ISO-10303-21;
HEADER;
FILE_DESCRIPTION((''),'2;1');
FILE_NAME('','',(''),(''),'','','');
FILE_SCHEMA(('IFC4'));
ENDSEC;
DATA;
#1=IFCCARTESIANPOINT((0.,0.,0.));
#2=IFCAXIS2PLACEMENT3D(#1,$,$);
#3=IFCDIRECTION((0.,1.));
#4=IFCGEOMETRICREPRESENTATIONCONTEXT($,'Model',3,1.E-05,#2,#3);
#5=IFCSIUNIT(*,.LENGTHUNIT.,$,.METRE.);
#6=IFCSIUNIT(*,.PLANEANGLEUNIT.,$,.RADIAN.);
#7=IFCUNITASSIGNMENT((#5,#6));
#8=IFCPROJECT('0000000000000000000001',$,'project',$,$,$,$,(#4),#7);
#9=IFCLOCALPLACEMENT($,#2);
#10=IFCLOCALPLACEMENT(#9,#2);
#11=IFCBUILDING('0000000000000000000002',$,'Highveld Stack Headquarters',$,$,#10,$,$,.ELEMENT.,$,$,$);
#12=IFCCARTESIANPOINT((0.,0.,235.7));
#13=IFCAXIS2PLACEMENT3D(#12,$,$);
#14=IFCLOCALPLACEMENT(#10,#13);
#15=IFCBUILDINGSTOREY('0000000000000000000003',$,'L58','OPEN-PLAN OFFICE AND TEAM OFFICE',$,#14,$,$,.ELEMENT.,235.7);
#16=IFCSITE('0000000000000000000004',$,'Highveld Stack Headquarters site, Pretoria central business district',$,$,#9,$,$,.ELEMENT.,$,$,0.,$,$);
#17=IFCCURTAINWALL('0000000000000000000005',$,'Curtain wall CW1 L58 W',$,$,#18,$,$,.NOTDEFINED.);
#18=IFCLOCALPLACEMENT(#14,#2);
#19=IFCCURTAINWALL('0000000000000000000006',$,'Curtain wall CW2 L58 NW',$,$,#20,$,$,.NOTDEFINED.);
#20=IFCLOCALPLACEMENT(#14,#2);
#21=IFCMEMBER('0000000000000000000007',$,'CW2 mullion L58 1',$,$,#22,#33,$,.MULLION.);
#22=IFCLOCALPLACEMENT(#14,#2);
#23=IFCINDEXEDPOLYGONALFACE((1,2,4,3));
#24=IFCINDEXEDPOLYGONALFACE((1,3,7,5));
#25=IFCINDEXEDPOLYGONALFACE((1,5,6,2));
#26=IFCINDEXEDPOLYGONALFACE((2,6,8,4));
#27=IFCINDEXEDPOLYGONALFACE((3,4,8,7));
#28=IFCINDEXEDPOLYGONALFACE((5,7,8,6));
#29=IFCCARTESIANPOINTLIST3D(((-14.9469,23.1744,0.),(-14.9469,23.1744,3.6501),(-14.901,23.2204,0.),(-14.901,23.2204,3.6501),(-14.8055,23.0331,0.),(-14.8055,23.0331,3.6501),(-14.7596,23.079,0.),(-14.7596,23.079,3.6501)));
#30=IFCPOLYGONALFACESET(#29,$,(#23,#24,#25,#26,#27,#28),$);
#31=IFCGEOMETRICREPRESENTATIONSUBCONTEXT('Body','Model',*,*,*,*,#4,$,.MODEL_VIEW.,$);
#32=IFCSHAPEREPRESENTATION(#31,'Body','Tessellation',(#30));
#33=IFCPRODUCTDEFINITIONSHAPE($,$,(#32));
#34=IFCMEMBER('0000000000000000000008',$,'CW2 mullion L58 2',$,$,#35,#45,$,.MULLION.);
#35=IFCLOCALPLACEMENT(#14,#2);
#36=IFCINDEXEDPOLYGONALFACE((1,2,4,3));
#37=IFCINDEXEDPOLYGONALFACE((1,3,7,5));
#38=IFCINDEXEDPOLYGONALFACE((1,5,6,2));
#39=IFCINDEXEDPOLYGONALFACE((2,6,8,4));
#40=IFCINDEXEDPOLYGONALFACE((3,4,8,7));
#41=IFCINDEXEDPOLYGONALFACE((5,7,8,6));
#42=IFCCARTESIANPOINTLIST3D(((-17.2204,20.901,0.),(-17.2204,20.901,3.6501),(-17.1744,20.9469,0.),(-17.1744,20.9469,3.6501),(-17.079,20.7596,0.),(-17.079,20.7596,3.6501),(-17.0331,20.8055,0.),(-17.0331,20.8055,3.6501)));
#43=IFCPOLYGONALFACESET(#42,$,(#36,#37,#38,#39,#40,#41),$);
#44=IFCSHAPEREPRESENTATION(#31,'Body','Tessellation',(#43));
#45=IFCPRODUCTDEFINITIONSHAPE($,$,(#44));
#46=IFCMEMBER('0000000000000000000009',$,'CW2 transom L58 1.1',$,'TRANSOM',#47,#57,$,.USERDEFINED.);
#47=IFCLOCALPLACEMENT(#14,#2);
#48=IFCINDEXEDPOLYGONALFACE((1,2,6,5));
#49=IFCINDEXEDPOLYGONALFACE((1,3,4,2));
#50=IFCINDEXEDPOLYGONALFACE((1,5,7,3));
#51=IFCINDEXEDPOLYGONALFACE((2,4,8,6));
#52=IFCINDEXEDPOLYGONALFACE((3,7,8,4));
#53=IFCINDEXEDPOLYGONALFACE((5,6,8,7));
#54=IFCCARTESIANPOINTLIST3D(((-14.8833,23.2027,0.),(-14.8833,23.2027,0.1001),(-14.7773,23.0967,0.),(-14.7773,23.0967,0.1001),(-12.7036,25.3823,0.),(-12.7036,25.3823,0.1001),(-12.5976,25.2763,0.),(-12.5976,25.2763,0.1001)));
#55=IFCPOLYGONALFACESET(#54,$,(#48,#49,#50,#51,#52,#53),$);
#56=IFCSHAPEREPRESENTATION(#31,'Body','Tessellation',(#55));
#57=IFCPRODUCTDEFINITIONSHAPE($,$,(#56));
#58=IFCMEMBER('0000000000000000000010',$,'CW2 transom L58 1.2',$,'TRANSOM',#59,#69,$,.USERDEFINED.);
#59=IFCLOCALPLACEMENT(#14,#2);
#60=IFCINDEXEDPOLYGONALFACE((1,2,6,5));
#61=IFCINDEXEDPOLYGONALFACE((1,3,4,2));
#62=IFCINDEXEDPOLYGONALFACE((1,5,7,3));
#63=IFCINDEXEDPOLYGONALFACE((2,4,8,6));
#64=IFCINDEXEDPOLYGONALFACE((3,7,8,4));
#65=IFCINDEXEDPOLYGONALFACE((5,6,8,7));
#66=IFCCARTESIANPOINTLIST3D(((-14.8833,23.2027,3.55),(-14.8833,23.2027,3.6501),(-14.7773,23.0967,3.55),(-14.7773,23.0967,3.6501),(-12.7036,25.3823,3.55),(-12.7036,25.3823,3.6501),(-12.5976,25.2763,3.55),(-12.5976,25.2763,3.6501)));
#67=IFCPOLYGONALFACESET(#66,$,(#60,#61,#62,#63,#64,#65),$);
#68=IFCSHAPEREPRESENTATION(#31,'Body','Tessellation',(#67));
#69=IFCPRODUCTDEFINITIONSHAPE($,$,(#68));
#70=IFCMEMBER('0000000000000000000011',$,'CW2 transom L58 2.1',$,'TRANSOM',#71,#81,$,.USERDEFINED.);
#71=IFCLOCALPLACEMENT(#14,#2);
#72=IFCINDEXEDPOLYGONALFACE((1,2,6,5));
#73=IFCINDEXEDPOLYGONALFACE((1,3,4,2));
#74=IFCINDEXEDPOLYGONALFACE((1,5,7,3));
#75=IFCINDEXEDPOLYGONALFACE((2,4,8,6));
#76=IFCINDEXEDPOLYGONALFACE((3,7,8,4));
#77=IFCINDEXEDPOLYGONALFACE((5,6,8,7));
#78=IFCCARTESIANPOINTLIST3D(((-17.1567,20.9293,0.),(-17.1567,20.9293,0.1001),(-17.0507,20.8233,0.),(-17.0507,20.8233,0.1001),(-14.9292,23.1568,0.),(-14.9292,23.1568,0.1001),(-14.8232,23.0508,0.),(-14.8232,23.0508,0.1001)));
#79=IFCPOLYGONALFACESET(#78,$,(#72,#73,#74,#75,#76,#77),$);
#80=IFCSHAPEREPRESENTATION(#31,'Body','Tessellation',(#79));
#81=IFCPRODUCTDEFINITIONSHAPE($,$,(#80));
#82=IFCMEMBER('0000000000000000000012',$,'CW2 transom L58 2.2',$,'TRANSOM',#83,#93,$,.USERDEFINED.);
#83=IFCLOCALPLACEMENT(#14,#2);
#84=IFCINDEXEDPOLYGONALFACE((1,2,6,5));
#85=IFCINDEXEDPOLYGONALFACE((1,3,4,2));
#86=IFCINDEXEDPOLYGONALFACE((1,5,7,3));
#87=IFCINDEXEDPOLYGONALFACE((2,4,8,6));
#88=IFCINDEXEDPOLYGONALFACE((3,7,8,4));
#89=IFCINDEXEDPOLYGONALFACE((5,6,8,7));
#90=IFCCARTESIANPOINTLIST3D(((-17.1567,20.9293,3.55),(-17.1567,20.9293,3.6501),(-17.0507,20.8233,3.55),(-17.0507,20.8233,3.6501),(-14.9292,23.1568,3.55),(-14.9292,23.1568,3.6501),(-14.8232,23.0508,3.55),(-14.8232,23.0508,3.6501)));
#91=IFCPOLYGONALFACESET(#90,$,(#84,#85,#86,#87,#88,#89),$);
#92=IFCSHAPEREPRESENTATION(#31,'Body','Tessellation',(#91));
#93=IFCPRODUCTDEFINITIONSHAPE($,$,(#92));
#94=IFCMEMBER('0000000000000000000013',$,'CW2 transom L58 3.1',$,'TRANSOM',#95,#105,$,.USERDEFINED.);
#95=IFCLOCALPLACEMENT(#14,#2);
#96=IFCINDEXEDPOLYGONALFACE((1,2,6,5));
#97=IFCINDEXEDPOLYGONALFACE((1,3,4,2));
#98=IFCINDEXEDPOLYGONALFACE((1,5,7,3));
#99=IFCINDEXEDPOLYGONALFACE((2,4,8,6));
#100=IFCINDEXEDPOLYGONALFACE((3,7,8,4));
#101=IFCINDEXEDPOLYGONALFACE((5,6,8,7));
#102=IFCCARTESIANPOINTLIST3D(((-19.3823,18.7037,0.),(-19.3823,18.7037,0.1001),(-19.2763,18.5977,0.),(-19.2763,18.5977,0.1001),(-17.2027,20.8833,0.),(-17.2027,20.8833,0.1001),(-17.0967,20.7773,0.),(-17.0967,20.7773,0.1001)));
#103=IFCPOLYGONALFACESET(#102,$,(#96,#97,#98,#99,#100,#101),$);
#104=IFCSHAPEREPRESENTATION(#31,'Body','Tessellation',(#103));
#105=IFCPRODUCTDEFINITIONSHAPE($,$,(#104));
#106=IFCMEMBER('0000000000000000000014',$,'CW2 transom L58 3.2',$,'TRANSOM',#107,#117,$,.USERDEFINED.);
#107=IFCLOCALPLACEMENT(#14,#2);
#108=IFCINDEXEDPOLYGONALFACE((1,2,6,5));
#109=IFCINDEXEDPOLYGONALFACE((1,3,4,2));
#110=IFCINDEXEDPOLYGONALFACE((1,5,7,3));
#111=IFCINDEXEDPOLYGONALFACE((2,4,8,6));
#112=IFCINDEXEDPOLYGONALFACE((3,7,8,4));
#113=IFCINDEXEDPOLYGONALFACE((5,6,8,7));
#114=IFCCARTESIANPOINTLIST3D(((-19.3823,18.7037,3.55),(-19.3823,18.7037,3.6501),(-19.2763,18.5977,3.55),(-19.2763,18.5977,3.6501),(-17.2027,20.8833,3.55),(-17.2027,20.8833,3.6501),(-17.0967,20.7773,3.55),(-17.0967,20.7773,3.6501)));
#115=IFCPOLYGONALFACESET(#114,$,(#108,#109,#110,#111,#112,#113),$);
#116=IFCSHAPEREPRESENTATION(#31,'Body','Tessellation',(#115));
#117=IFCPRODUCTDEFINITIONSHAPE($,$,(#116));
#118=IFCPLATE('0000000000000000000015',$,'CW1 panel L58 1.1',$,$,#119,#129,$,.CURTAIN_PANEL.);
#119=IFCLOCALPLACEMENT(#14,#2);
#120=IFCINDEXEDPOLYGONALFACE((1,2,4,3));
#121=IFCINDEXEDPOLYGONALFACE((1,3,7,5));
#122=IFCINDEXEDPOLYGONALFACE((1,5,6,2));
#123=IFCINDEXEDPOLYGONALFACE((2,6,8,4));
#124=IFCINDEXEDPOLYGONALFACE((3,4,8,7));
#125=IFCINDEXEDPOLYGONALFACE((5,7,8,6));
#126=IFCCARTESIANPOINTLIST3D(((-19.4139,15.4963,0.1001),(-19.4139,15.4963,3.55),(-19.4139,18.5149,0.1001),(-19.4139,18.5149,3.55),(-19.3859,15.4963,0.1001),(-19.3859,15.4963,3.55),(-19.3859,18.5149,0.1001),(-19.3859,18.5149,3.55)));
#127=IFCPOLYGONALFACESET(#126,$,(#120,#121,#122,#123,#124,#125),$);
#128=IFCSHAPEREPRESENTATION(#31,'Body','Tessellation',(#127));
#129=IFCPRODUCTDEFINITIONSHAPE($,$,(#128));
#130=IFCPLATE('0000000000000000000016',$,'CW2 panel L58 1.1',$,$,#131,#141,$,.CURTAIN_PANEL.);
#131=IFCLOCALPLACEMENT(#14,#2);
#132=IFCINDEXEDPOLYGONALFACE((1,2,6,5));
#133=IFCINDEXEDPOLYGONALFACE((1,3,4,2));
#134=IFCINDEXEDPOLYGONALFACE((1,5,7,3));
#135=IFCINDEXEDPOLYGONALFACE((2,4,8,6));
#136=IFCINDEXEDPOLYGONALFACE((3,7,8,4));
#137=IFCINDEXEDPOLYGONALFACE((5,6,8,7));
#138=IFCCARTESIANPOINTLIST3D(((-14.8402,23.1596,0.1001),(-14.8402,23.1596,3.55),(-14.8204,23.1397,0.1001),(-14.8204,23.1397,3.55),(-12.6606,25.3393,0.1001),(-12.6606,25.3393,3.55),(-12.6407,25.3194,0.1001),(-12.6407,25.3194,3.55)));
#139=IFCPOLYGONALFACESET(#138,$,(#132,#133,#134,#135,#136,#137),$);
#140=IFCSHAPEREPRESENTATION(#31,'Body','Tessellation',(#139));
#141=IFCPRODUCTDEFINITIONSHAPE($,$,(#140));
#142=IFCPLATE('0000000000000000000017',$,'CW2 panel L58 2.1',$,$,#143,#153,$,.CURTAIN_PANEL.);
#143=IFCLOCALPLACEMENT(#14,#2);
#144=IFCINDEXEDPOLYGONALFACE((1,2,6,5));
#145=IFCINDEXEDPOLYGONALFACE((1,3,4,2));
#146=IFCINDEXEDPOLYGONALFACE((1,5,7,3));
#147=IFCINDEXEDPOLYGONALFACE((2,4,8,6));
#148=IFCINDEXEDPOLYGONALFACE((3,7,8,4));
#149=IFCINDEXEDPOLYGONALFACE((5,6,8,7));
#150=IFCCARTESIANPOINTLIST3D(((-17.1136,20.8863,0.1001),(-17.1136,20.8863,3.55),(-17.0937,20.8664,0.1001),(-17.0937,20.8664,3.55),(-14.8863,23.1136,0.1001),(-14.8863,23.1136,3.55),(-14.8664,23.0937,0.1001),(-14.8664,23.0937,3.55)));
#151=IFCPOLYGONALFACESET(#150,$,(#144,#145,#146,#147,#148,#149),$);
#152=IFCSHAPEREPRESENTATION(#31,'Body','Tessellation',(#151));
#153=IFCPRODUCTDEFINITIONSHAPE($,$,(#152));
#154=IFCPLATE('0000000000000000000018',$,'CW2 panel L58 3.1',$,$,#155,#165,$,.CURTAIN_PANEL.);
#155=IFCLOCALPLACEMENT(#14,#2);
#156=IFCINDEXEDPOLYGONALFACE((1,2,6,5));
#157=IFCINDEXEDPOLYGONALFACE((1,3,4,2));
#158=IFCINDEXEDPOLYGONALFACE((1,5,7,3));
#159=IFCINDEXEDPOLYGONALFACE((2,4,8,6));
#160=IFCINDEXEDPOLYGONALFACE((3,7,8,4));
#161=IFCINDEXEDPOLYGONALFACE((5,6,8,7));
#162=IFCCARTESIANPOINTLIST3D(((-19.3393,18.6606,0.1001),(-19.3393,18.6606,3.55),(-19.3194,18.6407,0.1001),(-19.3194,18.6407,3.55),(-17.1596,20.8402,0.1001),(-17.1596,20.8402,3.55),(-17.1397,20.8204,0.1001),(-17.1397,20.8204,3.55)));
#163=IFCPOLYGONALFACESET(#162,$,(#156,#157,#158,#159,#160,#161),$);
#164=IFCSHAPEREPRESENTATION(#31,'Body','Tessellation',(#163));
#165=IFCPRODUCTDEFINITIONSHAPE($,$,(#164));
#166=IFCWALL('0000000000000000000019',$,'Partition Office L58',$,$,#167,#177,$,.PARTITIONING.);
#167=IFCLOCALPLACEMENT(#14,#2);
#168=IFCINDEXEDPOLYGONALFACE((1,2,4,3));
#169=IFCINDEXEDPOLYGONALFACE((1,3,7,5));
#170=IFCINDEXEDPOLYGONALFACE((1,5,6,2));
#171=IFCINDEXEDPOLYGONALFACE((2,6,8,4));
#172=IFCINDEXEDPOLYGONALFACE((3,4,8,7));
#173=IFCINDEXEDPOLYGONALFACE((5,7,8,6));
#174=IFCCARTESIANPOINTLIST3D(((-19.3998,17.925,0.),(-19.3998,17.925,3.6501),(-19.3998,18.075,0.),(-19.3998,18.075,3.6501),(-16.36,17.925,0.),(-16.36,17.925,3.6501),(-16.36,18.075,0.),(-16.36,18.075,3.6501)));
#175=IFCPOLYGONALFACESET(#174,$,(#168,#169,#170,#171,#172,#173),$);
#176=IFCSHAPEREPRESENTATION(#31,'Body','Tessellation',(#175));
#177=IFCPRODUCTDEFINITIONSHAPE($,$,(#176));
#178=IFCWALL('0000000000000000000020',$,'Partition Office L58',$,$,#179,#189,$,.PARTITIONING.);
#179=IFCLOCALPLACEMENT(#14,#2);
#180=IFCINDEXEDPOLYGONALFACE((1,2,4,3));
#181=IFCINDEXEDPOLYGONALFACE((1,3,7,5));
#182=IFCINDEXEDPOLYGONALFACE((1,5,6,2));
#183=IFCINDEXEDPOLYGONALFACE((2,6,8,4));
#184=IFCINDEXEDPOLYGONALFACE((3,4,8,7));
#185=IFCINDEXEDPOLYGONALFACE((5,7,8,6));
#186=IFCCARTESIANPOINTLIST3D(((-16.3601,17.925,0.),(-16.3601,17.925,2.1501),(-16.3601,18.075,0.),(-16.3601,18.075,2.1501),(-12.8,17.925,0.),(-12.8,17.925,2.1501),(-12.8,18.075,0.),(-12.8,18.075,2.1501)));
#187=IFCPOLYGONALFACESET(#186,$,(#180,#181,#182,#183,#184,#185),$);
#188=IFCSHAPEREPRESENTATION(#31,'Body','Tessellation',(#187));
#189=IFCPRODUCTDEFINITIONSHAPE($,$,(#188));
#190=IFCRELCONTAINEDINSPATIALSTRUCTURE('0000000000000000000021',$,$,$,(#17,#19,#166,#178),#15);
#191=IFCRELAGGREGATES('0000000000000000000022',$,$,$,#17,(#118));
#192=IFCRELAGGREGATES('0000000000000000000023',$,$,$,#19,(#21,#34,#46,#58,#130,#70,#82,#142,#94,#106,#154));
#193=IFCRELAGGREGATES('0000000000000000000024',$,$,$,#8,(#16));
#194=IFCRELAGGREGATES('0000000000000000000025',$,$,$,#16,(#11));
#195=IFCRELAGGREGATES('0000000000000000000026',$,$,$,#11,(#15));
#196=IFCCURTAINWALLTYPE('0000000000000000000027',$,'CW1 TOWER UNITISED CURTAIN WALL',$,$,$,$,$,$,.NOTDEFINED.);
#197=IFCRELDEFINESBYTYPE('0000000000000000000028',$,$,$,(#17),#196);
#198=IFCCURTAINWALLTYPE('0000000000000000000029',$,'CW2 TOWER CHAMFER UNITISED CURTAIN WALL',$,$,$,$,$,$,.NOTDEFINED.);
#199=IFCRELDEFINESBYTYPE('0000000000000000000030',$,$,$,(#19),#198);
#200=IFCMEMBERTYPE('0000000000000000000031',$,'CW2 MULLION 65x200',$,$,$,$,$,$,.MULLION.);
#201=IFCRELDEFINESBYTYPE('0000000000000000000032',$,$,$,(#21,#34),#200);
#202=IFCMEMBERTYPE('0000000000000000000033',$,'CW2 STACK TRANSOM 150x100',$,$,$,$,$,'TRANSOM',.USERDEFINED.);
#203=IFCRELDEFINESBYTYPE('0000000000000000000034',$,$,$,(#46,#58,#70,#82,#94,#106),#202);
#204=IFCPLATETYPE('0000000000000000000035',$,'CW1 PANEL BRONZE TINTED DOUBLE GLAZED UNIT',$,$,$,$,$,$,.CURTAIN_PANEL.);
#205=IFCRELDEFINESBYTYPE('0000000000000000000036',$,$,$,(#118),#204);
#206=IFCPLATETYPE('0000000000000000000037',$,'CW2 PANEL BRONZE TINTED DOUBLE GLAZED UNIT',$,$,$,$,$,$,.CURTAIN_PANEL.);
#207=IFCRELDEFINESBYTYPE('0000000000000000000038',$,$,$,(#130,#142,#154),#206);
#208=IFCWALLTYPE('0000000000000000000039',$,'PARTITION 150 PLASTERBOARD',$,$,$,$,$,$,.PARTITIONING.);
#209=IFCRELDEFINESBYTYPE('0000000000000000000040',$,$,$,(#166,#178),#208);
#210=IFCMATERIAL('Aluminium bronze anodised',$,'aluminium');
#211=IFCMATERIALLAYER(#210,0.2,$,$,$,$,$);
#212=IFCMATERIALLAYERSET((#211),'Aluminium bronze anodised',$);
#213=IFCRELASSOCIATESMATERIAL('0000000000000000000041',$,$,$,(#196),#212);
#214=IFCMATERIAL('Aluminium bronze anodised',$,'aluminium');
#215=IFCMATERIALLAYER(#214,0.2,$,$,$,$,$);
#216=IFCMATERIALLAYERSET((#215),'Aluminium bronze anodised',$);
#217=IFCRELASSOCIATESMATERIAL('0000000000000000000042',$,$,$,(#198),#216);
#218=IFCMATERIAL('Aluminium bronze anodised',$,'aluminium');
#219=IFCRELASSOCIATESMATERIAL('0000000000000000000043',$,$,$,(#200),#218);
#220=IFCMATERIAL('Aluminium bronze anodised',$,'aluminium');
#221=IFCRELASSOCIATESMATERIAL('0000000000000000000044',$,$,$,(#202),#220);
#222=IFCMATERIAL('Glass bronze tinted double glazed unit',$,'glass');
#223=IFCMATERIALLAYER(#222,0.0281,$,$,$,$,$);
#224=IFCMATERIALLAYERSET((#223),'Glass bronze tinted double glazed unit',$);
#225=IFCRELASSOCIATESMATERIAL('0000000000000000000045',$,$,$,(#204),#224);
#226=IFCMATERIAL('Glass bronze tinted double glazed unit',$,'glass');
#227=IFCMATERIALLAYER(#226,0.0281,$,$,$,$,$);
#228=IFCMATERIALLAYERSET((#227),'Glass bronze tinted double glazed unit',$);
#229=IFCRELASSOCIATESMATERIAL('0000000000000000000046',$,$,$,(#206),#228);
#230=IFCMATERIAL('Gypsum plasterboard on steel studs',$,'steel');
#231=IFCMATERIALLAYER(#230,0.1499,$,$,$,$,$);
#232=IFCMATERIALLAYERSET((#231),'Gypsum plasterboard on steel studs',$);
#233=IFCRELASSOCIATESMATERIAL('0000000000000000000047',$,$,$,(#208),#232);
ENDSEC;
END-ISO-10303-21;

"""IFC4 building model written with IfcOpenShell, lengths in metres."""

from ifc_helpers import new_model, si_unit, direction, frame, frame_2d, origin, origin_2d, place, context, subcontext, project, spatial, rectangle, extrude, material, layer, layer_set, material_profile, profile_set, type_object, element, aggregate, save


model = new_model("IFC4")

# Units and contexts
model_context = context("Model", 3, precision=1e-05, world=origin(), true_north=direction((0.0, 1.0)))
body_context = subcontext(model_context, "Body", "Model", "MODEL_VIEW")
ifc_project = project(units=[si_unit("LENGTHUNIT", "METRE"), si_unit("PLANEANGLEUNIT", "RADIAN")], contexts=[model_context])

# Site, building, storey
site_placement = place(None, origin())
site = spatial("IfcSite", under=ifc_project, at=site_placement, Name="Highveld Stack Headquarters site, Pretoria central business district", CompositionType="ELEMENT", RefElevation=0.0)
building_placement = place(site_placement, origin())
building = spatial("IfcBuilding", under=site, at=building_placement, Name="Highveld Stack Headquarters", CompositionType="ELEMENT")
storey_placement = place(building_placement, frame((0.0, 0.0, 235.7)))
storey = spatial("IfcBuildingStorey", under=building, at=storey_placement, Name="L58", Description="OPEN-PLAN OFFICE AND TEAM OFFICE", CompositionType="ELEMENT", Elevation=235.7)

# Shared definitions
ifc_material_1 = material(Name="Aluminium bronze anodised", Category="aluminium")
ifc_layer_1 = layer(ifc_material_1, 0.2)
ifc_layer_set_1 = layer_set([ifc_layer_1], Name="Aluminium bronze anodised")
curtain_wall_type_1 = type_object("IfcCurtainWallType", Name="CW1 TOWER UNITISED CURTAIN WALL", PredefinedType="NOTDEFINED", material=ifc_layer_set_1)

# Curtain wall
curtain_wall_1_placement = place(storey_placement, origin())
curtain_wall_1 = element("IfcCurtainWall", 1, at=curtain_wall_1_placement, inside=storey, type_object=curtain_wall_type_1, Name="Curtain wall CW1 L58 W", PredefinedType="NOTDEFINED")

# Curtain wall, members
ifc_material_2 = material(Name="Aluminium bronze anodised", Category="aluminium")
ifc_layer_2 = layer(ifc_material_2, 0.2)
ifc_layer_set_2 = layer_set([ifc_layer_2], Name="Aluminium bronze anodised")
curtain_wall_type_2 = type_object("IfcCurtainWallType", Name="CW2 TOWER CHAMFER UNITISED CURTAIN WALL", PredefinedType="NOTDEFINED", material=ifc_layer_set_2)
curtain_wall_2_placement = place(storey_placement, origin())
curtain_wall_2 = element("IfcCurtainWall", 2, at=curtain_wall_2_placement, inside=storey, type_object=curtain_wall_type_2, Name="Curtain wall CW2 L58 NW", PredefinedType="NOTDEFINED")
ifc_material_3 = material(Name="Aluminium bronze anodised", Category="aluminium")
ifc_material_profile_1 = material_profile(ifc_material_3, rectangle(XDim=0.2, YDim=0.0649, at=origin_2d()), Name="CW2 MULLION 65x200")
ifc_profile_set_1 = profile_set([ifc_material_profile_1], Name="Aluminium bronze anodised")
member_type_1 = type_object("IfcMemberType", Name="CW2 MULLION 65x200", PredefinedType="MULLION", material=ifc_profile_set_1)
member_1_placement = place(storey_placement, frame((-14.8533, 23.1267, 0.0), z_axis=(0.0, 0.0, 1.0), x_axis=(0.707107, -0.707107, 0.0)))
member_1 = element("IfcMember", 3, at=member_1_placement, type_object=member_type_1, Name="CW2 mullion L58 1", PredefinedType="MULLION", context=body_context, shape_type="SweptSolid", body=[
    extrude(rectangle(XDim=0.2, YDim=0.0649, at=origin_2d()), origin(), (0.0, 0.0, 1.0), 3.6501),
])
member_2_placement = place(storey_placement, frame((-17.1267, 20.8533, 0.0), z_axis=(0.0, 0.0, 1.0), x_axis=(0.707107, -0.707107, 0.0)))
member_2 = element("IfcMember", 4, at=member_2_placement, type_object=member_type_1, Name="CW2 mullion L58 2", PredefinedType="MULLION", context=body_context, shape_type="SweptSolid", body=[
    extrude(rectangle(XDim=0.2, YDim=0.0649, at=origin_2d()), origin(), (0.0, 0.0, 1.0), 3.6501),
])
ifc_material_4 = material(Name="Aluminium bronze anodised", Category="aluminium")
ifc_material_profile_2 = material_profile(ifc_material_4, rectangle(XDim=0.1499, YDim=0.1001, at=origin_2d()), Name="CW2 TRANSOM 150x100")
ifc_profile_set_2 = profile_set([ifc_material_profile_2], Name="Aluminium bronze anodised")
member_type_2 = type_object("IfcMemberType", Name="CW2 STACK TRANSOM 150x100", ElementType="TRANSOM", PredefinedType="USERDEFINED", material=ifc_profile_set_2)
member_3_placement = place(storey_placement, frame((-12.6506, 25.3293, 0.05), z_axis=(-0.707107, -0.707107, 0.0), x_axis=(0.707107, -0.707107, 0.0)))
member_3 = element("IfcMember", 5, at=member_3_placement, type_object=member_type_2, Name="CW2 transom L58 1.1", ObjectType="TRANSOM", PredefinedType="USERDEFINED", context=body_context, shape_type="SweptSolid", body=[
    extrude(rectangle(XDim=0.1499, YDim=0.1001, at=origin_2d()), origin(), (0.0, 0.0, 1.0), 3.0825),
])
member_4_placement = place(storey_placement, frame((-12.6506, 25.3293, 3.6001), z_axis=(-0.707107, -0.707107, 0.0), x_axis=(0.707107, -0.707107, 0.0)))
member_4 = element("IfcMember", 6, at=member_4_placement, type_object=member_type_2, Name="CW2 transom L58 1.2", ObjectType="TRANSOM", PredefinedType="USERDEFINED", context=body_context, shape_type="SweptSolid", body=[
    extrude(rectangle(XDim=0.1499, YDim=0.1001, at=origin_2d()), origin(), (0.0, 0.0, 1.0), 3.0825),
])
member_5_placement = place(storey_placement, frame((-14.8762, 23.1038, 0.05), z_axis=(-0.707107, -0.707107, 0.0), x_axis=(0.707107, -0.707107, 0.0)))
member_5 = element("IfcMember", 7, at=member_5_placement, type_object=member_type_2, Name="CW2 transom L58 2.1", ObjectType="TRANSOM", PredefinedType="USERDEFINED", context=body_context, shape_type="SweptSolid", body=[
    extrude(rectangle(XDim=0.1499, YDim=0.1001, at=origin_2d()), origin(), (0.0, 0.0, 1.0), 3.1501),
])
member_6_placement = place(storey_placement, frame((-14.8762, 23.1038, 3.6001), z_axis=(-0.707107, -0.707107, 0.0), x_axis=(0.707107, -0.707107, 0.0)))
member_6 = element("IfcMember", 8, at=member_6_placement, type_object=member_type_2, Name="CW2 transom L58 2.2", ObjectType="TRANSOM", PredefinedType="USERDEFINED", context=body_context, shape_type="SweptSolid", body=[
    extrude(rectangle(XDim=0.1499, YDim=0.1001, at=origin_2d()), origin(), (0.0, 0.0, 1.0), 3.1501),
])
member_7_placement = place(storey_placement, frame((-17.1497, 20.8303, 0.05), z_axis=(-0.707107, -0.707107, 0.0), x_axis=(0.707107, -0.707107, 0.0)))
member_7 = element("IfcMember", 9, at=member_7_placement, type_object=member_type_2, Name="CW2 transom L58 3.1", ObjectType="TRANSOM", PredefinedType="USERDEFINED", context=body_context, shape_type="SweptSolid", body=[
    extrude(rectangle(XDim=0.1499, YDim=0.1001, at=origin_2d()), origin(), (0.0, 0.0, 1.0), 3.0825),
])
member_8_placement = place(storey_placement, frame((-17.1497, 20.8303, 3.6001), z_axis=(-0.707107, -0.707107, 0.0), x_axis=(0.707107, -0.707107, 0.0)))
member_8 = element("IfcMember", 10, at=member_8_placement, type_object=member_type_2, Name="CW2 transom L58 3.2", ObjectType="TRANSOM", PredefinedType="USERDEFINED", context=body_context, shape_type="SweptSolid", body=[
    extrude(rectangle(XDim=0.1499, YDim=0.1001, at=origin_2d()), origin(), (0.0, 0.0, 1.0), 3.0825),
])

# Plates
ifc_material_5 = material(Name="Glass bronze tinted double glazed unit", Category="glass")
ifc_layer_3 = layer(ifc_material_5, 0.0281)
ifc_layer_set_3 = layer_set([ifc_layer_3], Name="Glass bronze tinted double glazed unit")
plate_type_1 = type_object("IfcPlateType", Name="CW1 PANEL BRONZE TINTED DOUBLE GLAZED UNIT", PredefinedType="CURTAIN_PANEL", material=ifc_layer_set_3)
plate_1_placement = place(storey_placement, frame((-19.3999, 17.0056, 0.1001), z_axis=(0.0, 0.0, 1.0), x_axis=(0.0, -1.0, 0.0)))
plate_1 = element("IfcPlate", 11, at=plate_1_placement, type_object=plate_type_1, Name="CW1 panel L58 1.1", PredefinedType="CURTAIN_PANEL", context=body_context, shape_type="SweptSolid", body=[
    extrude(rectangle(XDim=3.0186, YDim=0.0281, at=origin_2d()), origin(), (0.0, 0.0, 1.0), 3.45),
])
aggregate(curtain_wall_1, [plate_1])
ifc_material_6 = material(Name="Glass bronze tinted double glazed unit", Category="glass")
ifc_layer_4 = layer(ifc_material_6, 0.0281)
ifc_layer_set_4 = layer_set([ifc_layer_4], Name="Glass bronze tinted double glazed unit")
plate_type_2 = type_object("IfcPlateType", Name="CW2 PANEL BRONZE TINTED DOUBLE GLAZED UNIT", PredefinedType="CURTAIN_PANEL", material=ifc_layer_set_4)
plate_2_placement = place(storey_placement, frame((-13.7405, 24.2395, 0.1001), z_axis=(0.0, 0.0, 1.0), x_axis=(-0.707107, -0.707107, 0.0)))
plate_2 = element("IfcPlate", 12, at=plate_2_placement, type_object=plate_type_2, Name="CW2 panel L58 1.1", PredefinedType="CURTAIN_PANEL", context=body_context, shape_type="SweptSolid", body=[
    extrude(rectangle(XDim=3.0825, YDim=0.0281, at=origin_2d()), origin(), (0.0, 0.0, 1.0), 3.45),
])
plate_3_placement = place(storey_placement, frame((-15.99, 21.99, 0.1001), z_axis=(0.0, 0.0, 1.0), x_axis=(-0.707107, -0.707107, 0.0)))
plate_3 = element("IfcPlate", 13, at=plate_3_placement, type_object=plate_type_2, Name="CW2 panel L58 2.1", PredefinedType="CURTAIN_PANEL", context=body_context, shape_type="SweptSolid", body=[
    extrude(rectangle(XDim=3.1499, YDim=0.0281, at=origin_2d()), origin(), (0.0, 0.0, 1.0), 3.45),
])
plate_4_placement = place(storey_placement, frame((-18.2395, 19.7405, 0.1001), z_axis=(0.0, 0.0, 1.0), x_axis=(-0.707107, -0.707107, 0.0)))
plate_4 = element("IfcPlate", 14, at=plate_4_placement, type_object=plate_type_2, Name="CW2 panel L58 3.1", PredefinedType="CURTAIN_PANEL", context=body_context, shape_type="SweptSolid", body=[
    extrude(rectangle(XDim=3.0825, YDim=0.0281, at=origin_2d()), origin(), (0.0, 0.0, 1.0), 3.45),
])
aggregate(curtain_wall_2, [member_1, member_2, member_3, member_4, plate_2, member_5, member_6, plate_3, member_7, member_8, plate_4])

# Walls
ifc_material_7 = material(Name="Gypsum plasterboard on steel studs", Category="steel")
ifc_layer_5 = layer(ifc_material_7, 0.1499)
ifc_layer_set_5 = layer_set([ifc_layer_5], Name="Gypsum plasterboard on steel studs")
wall_type = type_object("IfcWallType", Name="PARTITION 150 PLASTERBOARD", PredefinedType="PARTITIONING", material=ifc_layer_set_5)
wall_1_placement = place(storey_placement, frame((-19.3999, 18.0, 0.0), z_axis=(0.0, 0.0, 1.0), x_axis=(1.0, 0.0, 0.0)))
element("IfcWall", 15, at=wall_1_placement, inside=storey, type_object=wall_type, Name="Partition Office L58", PredefinedType="PARTITIONING", context=body_context, shape_type="SweptSolid", body=[
    extrude(rectangle(XDim=3.0398, YDim=0.1499, at=frame_2d((1.52, 0.0))), origin(), (0.0, 0.0, 1.0), 3.6501),
])
wall_2_placement = place(storey_placement, frame((-16.3601, 18.0, 0.0), z_axis=(0.0, 0.0, 1.0), x_axis=(1.0, 0.0, 0.0)))
element("IfcWall", 16, at=wall_2_placement, inside=storey, type_object=wall_type, Name="Partition Office L58", PredefinedType="PARTITIONING", context=body_context, shape_type="SweptSolid", body=[
    extrude(rectangle(XDim=3.5601, YDim=0.1499, at=frame_2d((1.78, 0.0))), origin(), (0.0, 0.0, 1.0), 2.1501),
])

save(model, "model.ifc")
